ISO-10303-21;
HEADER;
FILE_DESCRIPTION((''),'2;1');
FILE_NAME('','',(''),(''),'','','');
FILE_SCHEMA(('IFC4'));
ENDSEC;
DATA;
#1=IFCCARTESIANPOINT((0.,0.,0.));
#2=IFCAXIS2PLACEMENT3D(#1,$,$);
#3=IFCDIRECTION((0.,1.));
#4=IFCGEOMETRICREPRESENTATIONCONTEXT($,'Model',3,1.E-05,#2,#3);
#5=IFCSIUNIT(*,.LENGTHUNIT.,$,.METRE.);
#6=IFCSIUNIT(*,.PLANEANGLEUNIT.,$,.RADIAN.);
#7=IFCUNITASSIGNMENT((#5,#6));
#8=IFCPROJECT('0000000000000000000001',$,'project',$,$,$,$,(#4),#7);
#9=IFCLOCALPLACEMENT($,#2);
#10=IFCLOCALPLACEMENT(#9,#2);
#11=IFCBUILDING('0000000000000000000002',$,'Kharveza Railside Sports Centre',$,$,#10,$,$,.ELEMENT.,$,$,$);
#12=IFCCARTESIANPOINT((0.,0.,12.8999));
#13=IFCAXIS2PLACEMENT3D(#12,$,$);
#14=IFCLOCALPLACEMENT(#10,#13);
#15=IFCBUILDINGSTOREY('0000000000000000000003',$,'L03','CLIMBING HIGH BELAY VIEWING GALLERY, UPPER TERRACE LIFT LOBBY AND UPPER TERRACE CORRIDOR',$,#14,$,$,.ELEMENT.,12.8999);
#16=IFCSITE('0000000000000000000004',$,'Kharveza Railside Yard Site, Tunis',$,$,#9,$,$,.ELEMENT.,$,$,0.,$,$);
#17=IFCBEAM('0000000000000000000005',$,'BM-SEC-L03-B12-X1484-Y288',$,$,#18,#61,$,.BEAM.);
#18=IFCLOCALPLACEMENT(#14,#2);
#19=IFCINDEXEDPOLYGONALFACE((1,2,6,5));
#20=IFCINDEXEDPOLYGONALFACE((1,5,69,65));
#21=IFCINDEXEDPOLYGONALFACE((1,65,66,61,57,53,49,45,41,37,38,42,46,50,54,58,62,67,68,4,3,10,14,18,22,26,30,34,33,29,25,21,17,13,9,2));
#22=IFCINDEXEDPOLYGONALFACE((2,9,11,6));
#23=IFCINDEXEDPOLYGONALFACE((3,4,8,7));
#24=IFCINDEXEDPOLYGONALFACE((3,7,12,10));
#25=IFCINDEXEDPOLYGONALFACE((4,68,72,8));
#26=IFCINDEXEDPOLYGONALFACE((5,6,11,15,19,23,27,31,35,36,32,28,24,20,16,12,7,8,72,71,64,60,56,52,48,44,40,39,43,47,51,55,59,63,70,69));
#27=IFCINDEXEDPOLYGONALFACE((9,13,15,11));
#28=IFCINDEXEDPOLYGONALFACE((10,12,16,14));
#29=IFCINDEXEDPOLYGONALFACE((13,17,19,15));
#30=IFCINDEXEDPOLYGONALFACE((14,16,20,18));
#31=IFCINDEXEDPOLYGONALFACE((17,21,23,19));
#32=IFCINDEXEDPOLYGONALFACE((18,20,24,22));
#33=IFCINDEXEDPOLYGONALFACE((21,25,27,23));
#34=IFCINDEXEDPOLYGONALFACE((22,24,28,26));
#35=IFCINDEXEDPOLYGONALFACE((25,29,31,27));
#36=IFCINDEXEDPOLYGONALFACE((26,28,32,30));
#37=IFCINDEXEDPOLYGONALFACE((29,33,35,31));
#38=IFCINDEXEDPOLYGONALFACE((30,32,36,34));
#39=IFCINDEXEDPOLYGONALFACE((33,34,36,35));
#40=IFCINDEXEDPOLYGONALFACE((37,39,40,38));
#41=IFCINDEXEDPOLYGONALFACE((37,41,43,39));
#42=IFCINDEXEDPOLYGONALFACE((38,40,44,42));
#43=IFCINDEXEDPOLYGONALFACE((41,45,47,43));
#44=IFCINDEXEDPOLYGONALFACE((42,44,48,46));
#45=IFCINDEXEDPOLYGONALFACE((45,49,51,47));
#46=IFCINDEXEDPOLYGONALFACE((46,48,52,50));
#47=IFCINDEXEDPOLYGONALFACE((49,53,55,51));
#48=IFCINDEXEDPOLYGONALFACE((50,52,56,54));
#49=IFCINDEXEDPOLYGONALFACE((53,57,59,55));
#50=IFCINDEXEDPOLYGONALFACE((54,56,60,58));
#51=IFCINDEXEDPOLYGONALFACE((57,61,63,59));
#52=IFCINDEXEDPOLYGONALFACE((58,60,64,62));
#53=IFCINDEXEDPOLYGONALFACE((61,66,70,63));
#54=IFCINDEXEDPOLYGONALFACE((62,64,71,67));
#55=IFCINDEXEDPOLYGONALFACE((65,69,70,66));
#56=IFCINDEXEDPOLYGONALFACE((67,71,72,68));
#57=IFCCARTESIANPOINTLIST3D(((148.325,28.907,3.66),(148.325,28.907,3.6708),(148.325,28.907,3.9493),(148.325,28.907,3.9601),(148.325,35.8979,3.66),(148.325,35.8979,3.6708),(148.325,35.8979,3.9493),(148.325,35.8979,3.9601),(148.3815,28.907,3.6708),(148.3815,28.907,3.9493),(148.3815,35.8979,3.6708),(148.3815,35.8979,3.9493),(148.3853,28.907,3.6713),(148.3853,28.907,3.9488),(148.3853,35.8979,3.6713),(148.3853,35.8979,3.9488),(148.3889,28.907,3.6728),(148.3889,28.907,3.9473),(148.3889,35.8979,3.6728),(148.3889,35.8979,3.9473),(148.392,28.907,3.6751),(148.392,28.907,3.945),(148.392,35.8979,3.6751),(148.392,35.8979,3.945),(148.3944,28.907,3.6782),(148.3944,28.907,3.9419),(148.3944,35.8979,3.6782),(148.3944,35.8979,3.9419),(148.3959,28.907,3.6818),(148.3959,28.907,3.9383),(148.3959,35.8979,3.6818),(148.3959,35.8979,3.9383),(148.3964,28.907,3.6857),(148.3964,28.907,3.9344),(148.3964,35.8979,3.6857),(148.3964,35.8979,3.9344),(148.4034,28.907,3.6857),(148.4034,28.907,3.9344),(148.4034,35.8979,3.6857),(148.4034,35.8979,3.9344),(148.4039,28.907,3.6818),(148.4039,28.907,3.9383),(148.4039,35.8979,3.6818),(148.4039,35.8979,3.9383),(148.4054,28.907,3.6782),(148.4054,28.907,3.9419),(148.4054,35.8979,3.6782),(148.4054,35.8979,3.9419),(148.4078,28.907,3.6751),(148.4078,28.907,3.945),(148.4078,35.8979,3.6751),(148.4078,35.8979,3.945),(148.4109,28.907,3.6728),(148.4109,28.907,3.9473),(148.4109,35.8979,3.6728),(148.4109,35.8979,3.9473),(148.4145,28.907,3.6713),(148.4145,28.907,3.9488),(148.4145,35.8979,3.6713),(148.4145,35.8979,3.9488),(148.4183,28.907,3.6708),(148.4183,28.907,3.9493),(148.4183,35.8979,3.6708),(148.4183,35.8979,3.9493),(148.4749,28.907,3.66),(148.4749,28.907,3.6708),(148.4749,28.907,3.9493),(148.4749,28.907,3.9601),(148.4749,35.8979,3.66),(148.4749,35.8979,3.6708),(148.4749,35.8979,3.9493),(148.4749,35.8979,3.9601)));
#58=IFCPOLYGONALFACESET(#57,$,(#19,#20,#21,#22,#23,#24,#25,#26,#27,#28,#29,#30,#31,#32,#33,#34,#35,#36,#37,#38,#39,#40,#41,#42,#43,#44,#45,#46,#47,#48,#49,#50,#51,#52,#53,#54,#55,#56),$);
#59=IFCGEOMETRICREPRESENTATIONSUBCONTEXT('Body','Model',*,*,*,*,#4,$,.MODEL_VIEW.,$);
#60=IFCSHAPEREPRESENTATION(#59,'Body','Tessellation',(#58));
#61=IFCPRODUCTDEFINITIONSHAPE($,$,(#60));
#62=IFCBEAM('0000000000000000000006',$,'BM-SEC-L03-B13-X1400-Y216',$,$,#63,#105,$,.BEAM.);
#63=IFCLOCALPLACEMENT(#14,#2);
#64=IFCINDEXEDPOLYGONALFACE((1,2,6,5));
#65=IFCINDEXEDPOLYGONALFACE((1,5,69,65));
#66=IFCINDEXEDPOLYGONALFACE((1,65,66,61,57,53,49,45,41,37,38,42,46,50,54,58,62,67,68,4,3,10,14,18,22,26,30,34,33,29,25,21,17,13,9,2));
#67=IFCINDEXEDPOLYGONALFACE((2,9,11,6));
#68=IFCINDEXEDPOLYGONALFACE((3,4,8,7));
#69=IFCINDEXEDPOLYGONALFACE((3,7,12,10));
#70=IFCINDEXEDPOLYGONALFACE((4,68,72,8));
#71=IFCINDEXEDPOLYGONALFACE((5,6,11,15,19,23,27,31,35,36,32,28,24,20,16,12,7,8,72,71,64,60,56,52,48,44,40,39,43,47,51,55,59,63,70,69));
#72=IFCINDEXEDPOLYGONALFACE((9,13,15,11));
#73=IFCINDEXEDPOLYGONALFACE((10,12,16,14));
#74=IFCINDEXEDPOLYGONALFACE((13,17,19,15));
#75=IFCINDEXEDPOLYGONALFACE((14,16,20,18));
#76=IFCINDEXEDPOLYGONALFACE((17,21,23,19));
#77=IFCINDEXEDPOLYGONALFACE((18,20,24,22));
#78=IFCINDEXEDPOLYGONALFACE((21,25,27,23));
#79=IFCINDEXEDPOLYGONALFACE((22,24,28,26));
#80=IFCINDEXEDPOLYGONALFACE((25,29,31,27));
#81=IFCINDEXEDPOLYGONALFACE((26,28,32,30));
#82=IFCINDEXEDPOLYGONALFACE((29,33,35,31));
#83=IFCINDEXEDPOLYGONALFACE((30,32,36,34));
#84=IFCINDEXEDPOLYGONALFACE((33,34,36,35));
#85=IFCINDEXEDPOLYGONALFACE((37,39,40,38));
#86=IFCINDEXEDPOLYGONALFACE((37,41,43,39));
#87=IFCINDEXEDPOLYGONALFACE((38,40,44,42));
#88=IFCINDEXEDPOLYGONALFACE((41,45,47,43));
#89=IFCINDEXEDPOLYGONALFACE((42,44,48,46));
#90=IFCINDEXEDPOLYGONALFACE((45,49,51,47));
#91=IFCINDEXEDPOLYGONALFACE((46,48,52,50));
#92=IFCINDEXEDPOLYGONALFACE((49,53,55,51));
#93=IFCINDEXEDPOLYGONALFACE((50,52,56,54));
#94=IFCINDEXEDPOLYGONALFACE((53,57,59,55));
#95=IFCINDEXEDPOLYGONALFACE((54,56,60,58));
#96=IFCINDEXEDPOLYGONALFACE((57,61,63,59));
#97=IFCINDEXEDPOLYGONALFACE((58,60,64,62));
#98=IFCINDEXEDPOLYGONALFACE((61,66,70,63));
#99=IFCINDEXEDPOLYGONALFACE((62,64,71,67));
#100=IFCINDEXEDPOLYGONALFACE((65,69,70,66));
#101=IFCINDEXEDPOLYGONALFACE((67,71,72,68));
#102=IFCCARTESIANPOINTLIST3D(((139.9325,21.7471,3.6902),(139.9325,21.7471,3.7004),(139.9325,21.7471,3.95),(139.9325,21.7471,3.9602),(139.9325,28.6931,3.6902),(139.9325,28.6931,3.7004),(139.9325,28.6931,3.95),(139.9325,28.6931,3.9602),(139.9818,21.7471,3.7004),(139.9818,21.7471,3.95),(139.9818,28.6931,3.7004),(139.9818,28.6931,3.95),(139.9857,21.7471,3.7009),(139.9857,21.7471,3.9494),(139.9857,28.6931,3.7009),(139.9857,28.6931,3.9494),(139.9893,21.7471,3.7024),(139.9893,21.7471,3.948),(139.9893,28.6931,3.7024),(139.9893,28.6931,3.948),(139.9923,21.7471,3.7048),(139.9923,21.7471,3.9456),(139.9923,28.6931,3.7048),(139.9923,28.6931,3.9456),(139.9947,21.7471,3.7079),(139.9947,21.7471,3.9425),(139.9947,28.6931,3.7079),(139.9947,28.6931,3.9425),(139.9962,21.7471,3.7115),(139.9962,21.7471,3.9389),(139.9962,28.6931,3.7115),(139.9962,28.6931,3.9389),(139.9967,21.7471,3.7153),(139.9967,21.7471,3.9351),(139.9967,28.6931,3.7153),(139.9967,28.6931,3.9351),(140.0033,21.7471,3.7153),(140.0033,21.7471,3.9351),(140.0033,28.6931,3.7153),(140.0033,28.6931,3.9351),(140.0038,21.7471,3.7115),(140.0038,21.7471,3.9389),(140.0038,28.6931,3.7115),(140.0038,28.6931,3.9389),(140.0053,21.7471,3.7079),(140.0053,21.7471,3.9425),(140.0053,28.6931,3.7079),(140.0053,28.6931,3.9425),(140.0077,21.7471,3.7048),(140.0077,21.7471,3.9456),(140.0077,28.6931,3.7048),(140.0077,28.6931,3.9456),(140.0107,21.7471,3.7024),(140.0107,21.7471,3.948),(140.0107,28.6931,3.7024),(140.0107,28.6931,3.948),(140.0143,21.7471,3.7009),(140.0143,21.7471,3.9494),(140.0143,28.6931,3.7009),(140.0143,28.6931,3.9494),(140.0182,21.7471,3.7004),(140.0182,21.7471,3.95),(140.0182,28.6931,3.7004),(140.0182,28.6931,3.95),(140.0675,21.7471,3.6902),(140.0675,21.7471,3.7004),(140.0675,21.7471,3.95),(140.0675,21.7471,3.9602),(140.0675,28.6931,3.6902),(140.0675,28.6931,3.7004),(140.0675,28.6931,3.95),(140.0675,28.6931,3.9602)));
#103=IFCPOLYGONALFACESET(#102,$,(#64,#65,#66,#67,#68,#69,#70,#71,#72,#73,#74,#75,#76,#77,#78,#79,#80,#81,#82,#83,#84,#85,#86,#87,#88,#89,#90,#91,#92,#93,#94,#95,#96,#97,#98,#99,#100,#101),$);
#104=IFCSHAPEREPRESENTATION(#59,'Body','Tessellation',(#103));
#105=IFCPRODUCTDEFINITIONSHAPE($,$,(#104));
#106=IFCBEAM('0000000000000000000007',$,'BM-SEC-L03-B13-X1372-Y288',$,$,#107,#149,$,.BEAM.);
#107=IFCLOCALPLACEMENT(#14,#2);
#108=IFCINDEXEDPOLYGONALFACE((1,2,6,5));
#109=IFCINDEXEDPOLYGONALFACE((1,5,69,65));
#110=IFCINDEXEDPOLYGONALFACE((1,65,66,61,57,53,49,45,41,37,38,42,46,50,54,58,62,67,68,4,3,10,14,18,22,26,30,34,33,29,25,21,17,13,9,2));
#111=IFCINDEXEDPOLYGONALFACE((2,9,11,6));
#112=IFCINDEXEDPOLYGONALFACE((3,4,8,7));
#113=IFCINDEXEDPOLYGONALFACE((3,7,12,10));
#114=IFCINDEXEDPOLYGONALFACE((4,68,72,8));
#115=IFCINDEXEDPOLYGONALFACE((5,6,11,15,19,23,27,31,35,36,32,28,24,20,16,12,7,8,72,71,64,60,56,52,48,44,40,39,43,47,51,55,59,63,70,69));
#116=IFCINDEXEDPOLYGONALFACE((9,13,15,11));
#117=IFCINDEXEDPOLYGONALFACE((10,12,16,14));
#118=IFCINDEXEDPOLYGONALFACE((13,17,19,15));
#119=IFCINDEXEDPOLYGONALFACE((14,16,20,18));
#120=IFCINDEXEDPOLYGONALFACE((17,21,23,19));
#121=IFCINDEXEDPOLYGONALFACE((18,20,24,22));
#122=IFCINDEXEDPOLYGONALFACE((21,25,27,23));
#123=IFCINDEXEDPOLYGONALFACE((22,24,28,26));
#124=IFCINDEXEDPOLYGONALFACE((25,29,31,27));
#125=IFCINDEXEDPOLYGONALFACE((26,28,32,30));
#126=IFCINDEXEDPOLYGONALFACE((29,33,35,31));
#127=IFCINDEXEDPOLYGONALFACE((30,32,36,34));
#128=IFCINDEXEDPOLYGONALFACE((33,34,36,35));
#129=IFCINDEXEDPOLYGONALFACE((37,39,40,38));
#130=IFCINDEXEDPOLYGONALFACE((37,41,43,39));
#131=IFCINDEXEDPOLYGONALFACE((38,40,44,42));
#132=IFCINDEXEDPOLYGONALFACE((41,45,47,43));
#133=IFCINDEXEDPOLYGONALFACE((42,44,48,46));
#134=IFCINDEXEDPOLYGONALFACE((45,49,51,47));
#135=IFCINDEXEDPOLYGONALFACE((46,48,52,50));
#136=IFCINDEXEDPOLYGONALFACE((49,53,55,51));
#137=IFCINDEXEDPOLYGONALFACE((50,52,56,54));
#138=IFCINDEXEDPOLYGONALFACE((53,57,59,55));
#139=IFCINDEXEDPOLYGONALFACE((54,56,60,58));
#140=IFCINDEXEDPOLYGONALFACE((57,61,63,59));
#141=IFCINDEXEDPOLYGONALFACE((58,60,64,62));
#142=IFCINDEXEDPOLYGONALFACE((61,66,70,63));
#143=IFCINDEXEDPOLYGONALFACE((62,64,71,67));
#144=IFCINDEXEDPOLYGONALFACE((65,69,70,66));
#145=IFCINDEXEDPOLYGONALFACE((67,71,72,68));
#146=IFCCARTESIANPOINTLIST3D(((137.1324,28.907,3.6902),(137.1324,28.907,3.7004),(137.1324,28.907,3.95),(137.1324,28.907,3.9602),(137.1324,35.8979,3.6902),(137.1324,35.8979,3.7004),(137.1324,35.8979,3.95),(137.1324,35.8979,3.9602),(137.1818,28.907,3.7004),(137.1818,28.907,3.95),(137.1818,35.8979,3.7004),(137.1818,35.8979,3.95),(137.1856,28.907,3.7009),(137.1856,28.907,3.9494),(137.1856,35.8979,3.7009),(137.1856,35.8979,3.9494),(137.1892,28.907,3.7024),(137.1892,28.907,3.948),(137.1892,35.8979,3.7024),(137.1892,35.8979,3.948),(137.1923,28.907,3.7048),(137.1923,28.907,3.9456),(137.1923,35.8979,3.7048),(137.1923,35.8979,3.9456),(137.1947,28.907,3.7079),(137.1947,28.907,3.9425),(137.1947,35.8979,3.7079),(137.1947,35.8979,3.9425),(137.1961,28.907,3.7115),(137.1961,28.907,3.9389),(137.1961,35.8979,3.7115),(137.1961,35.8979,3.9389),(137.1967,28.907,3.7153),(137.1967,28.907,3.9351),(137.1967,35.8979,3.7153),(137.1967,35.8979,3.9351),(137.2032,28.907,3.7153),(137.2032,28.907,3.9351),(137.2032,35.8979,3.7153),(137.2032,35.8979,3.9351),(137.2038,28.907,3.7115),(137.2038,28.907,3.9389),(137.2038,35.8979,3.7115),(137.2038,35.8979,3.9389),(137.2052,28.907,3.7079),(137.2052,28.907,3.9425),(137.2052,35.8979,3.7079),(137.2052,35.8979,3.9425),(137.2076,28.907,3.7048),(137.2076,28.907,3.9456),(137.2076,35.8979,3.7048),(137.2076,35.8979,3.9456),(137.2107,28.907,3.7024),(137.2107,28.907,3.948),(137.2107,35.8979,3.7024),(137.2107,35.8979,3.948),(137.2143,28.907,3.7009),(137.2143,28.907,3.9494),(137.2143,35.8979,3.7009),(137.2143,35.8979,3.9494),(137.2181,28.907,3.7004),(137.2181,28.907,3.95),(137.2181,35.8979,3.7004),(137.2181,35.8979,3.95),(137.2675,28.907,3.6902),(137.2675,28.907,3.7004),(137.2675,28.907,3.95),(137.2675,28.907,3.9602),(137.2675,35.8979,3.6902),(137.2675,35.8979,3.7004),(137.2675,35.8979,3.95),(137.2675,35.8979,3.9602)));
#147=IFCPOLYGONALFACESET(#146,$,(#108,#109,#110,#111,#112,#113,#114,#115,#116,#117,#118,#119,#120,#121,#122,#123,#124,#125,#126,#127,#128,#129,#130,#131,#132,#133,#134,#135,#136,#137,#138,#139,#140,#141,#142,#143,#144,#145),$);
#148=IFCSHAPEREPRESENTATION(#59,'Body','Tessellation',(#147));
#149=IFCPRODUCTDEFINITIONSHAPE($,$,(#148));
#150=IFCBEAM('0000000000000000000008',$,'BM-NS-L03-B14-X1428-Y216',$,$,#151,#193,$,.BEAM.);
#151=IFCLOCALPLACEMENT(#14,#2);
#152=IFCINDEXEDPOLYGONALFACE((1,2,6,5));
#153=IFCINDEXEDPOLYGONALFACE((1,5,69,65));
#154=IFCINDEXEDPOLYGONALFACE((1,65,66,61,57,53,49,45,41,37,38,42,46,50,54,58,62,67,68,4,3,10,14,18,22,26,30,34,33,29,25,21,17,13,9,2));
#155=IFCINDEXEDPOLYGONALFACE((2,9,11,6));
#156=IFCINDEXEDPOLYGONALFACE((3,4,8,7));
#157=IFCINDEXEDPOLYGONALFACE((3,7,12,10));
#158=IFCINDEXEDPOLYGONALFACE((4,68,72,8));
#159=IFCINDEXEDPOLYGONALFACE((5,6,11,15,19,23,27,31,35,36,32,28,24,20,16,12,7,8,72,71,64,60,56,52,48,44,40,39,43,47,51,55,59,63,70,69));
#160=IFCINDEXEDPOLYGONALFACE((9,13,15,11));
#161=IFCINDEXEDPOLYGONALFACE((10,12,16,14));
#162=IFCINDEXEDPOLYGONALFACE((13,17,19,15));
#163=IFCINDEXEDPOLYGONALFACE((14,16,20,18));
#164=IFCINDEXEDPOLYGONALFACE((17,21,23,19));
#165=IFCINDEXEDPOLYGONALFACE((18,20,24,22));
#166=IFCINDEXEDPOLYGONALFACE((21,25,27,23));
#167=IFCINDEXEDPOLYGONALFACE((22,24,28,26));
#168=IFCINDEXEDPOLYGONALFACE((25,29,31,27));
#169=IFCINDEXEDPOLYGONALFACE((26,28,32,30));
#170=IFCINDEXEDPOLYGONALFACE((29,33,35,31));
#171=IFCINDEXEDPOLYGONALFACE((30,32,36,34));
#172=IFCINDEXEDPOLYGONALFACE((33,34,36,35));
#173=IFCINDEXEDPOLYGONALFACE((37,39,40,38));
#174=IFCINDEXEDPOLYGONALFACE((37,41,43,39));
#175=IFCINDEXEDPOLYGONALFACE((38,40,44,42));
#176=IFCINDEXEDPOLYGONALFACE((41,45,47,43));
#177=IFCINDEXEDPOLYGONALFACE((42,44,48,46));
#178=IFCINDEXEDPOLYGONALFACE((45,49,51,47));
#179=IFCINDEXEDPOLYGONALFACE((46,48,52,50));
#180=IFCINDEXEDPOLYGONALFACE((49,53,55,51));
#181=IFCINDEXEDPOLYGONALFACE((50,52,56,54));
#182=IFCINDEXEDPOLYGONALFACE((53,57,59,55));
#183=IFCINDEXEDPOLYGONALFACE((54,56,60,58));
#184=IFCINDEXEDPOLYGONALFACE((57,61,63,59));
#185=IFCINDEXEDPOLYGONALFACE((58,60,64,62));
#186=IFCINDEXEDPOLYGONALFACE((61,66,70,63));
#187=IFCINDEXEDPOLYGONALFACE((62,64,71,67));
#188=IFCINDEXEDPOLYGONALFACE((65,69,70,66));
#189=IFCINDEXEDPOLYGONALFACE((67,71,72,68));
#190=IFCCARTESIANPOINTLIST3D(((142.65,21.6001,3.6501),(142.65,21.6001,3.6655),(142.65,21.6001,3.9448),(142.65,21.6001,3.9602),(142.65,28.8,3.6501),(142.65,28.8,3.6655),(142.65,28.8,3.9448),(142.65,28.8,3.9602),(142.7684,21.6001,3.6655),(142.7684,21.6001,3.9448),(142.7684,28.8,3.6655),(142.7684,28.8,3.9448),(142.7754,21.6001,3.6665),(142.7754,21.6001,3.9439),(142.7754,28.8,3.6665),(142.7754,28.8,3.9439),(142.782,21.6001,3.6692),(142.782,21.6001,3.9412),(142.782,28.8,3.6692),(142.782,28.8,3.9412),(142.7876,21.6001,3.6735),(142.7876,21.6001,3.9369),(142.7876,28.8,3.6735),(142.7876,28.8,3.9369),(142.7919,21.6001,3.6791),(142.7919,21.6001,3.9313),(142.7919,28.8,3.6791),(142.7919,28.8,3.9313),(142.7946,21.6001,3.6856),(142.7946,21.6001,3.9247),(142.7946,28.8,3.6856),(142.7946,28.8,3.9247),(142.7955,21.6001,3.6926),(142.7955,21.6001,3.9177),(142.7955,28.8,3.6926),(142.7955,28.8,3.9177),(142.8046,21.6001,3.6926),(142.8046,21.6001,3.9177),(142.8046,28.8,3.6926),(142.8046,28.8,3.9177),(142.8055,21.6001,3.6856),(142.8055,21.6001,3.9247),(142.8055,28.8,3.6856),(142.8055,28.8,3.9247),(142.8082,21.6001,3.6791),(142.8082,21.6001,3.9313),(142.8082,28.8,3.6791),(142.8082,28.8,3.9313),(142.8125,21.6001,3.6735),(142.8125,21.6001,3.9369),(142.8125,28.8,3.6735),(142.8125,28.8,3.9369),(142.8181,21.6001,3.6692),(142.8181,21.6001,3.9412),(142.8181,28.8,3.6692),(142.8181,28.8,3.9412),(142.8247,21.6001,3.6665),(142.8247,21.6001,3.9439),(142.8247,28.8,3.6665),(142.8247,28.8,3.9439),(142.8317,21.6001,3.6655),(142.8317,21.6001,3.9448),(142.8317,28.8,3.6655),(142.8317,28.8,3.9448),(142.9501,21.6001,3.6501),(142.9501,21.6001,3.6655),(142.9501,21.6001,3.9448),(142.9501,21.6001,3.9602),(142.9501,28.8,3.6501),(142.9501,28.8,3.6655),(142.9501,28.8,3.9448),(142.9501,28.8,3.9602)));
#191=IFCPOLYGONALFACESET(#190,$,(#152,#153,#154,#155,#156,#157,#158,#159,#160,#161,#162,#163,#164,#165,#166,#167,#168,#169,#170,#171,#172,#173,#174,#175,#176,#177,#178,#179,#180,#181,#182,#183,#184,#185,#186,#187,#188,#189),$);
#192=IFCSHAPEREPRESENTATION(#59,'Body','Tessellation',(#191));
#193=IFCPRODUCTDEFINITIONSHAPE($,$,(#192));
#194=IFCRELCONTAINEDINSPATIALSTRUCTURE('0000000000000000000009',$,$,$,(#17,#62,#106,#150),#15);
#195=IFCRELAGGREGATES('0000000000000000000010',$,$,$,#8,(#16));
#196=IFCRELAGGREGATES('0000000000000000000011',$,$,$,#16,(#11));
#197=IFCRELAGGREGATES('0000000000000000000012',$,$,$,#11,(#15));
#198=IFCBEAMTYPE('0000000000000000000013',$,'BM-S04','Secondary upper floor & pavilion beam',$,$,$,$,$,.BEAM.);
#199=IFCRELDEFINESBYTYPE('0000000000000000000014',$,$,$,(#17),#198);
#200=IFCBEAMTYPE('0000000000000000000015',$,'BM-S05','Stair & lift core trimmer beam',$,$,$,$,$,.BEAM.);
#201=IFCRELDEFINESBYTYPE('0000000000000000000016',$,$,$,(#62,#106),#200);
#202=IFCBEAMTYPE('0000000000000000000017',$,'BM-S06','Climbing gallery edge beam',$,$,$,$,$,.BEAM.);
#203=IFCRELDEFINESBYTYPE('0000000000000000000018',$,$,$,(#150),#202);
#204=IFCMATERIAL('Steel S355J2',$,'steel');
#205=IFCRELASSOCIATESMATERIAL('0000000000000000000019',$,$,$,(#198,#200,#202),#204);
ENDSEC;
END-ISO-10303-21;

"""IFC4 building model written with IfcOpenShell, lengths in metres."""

from ifc_helpers import new_model, si_unit, direction, frame, origin, origin_2d, place, context, subcontext, project, spatial, i_section, extrude, material, material_profile, profile_set, type_object, element, save


model = new_model("IFC4")

# Units and contexts
model_context = context("Model", 3, precision=1e-05, world=origin(), true_north=direction((0.0, 1.0)))
body_context = subcontext(model_context, "Body", "Model", "MODEL_VIEW")
ifc_project = project(units=[si_unit("LENGTHUNIT", "METRE"), si_unit("PLANEANGLEUNIT", "RADIAN")], contexts=[model_context])

# Site, building, storey
site_placement = place(None, origin())
site = spatial("IfcSite", under=ifc_project, at=site_placement, Name="Kharveza Railside Yard Site, Tunis", CompositionType="ELEMENT", RefElevation=0.0)
building_placement = place(site_placement, origin())
building = spatial("IfcBuilding", under=site, at=building_placement, Name="Kharveza Railside Sports Centre", CompositionType="ELEMENT")
storey_placement = place(building_placement, frame((0.0, 0.0, 12.8999)))
storey = spatial("IfcBuildingStorey", under=building, at=storey_placement, Name="L03", Description="CLIMBING HIGH BELAY VIEWING GALLERY, UPPER TERRACE LIFT LOBBY AND UPPER TERRACE CORRIDOR", CompositionType="ELEMENT", Elevation=12.8999)

# Shared definitions
ifc_material_1 = material(Name="Steel S355J2", Category="steel")

# Beams
ifc_material_profile_1 = material_profile(ifc_material_1, i_section(OverallWidth=0.1499, OverallDepth=0.3, WebThickness=0.0071, FlangeThickness=0.0107, FilletRadius=0.0149, at=origin_2d()), Name="IPE 300")
ifc_profile_set_1 = profile_set([ifc_material_profile_1], Name="Steel S355J2")
beam_type_1 = type_object("IfcBeamType", Name="BM-S04", Description="Secondary upper floor & pavilion beam", PredefinedType="BEAM", material=ifc_profile_set_1)
beam_1_placement = place(storey_placement, frame((148.3999, 28.907, 3.8101), z_axis=(0.0, 1.0, 0.0), x_axis=(-1.0, 0.0, 0.0)))
element("IfcBeam", 1, at=beam_1_placement, inside=storey, type_object=beam_type_1, Name="BM-SEC-L03-B12-X1484-Y288", PredefinedType="BEAM", context=body_context, shape_type="SweptSolid", body=[
    extrude(i_section(OverallWidth=0.1499, OverallDepth=0.3, WebThickness=0.0071, FlangeThickness=0.0107, FilletRadius=0.0149, at=origin_2d()), origin(), (0.0, 0.0, 1.0), 6.991),
])
ifc_material_profile_2 = material_profile(ifc_material_1, i_section(OverallWidth=0.135, OverallDepth=0.27, WebThickness=0.0066, FlangeThickness=0.0103, FilletRadius=0.0149, at=origin_2d()), Name="IPE 270")
ifc_profile_set_2 = profile_set([ifc_material_profile_2], Name="Steel S355J2")
beam_type_2 = type_object("IfcBeamType", Name="BM-S05", Description="Stair & lift core trimmer beam", PredefinedType="BEAM", material=ifc_profile_set_2)
beam_2_placement = place(storey_placement, frame((140.0, 21.7471, 3.8252), z_axis=(0.0, 1.0, 0.0), x_axis=(-1.0, 0.0, 0.0)))
element("IfcBeam", 2, at=beam_2_placement, inside=storey, type_object=beam_type_2, Name="BM-SEC-L03-B13-X1400-Y216", PredefinedType="BEAM", context=body_context, shape_type="SweptSolid", body=[
    extrude(i_section(OverallWidth=0.135, OverallDepth=0.27, WebThickness=0.0066, FlangeThickness=0.0103, FilletRadius=0.0149, at=origin_2d()), origin(), (0.0, 0.0, 1.0), 6.946),
])
beam_3_placement = place(storey_placement, frame((137.2, 28.907, 3.8252), z_axis=(0.0, 1.0, 0.0), x_axis=(-1.0, 0.0, 0.0)))
element("IfcBeam", 3, at=beam_3_placement, inside=storey, type_object=beam_type_2, Name="BM-SEC-L03-B13-X1372-Y288", PredefinedType="BEAM", context=body_context, shape_type="SweptSolid", body=[
    extrude(i_section(OverallWidth=0.135, OverallDepth=0.27, WebThickness=0.0066, FlangeThickness=0.0103, FilletRadius=0.0149, at=origin_2d()), origin(), (0.0, 0.0, 1.0), 6.991),
])
ifc_material_profile_3 = material_profile(ifc_material_1, i_section(OverallWidth=0.3, OverallDepth=0.3101, WebThickness=0.009, FlangeThickness=0.0154, FilletRadius=0.0271, at=origin_2d()), Name="HEA 320")
ifc_profile_set_3 = profile_set([ifc_material_profile_3], Name="Steel S355J2")
beam_type_3 = type_object("IfcBeamType", Name="BM-S06", Description="Climbing gallery edge beam", PredefinedType="BEAM", material=ifc_profile_set_3)
for number, where, z_axis, x_axis, name in (
    (4, (142.8, 21.6001, 3.8052), (0.0, 1.0, 0.0), (-1.0, 0.0, 0.0), "BM-NS-L03-B14-X1428-Y216"),
):
    element("IfcBeam", number, at=place(storey_placement, frame(where, z_axis=z_axis, x_axis=x_axis)), inside=storey, type_object=beam_type_3, Name=name, PredefinedType="BEAM", context=body_context, shape_type="SweptSolid", body=[
        extrude(i_section(OverallWidth=0.3, OverallDepth=0.3101, WebThickness=0.009, FlangeThickness=0.0154, FilletRadius=0.0271, at=origin_2d()), origin(), (0.0, 0.0, 1.0), 7.2),
    ])

save(model, "model.ifc")
